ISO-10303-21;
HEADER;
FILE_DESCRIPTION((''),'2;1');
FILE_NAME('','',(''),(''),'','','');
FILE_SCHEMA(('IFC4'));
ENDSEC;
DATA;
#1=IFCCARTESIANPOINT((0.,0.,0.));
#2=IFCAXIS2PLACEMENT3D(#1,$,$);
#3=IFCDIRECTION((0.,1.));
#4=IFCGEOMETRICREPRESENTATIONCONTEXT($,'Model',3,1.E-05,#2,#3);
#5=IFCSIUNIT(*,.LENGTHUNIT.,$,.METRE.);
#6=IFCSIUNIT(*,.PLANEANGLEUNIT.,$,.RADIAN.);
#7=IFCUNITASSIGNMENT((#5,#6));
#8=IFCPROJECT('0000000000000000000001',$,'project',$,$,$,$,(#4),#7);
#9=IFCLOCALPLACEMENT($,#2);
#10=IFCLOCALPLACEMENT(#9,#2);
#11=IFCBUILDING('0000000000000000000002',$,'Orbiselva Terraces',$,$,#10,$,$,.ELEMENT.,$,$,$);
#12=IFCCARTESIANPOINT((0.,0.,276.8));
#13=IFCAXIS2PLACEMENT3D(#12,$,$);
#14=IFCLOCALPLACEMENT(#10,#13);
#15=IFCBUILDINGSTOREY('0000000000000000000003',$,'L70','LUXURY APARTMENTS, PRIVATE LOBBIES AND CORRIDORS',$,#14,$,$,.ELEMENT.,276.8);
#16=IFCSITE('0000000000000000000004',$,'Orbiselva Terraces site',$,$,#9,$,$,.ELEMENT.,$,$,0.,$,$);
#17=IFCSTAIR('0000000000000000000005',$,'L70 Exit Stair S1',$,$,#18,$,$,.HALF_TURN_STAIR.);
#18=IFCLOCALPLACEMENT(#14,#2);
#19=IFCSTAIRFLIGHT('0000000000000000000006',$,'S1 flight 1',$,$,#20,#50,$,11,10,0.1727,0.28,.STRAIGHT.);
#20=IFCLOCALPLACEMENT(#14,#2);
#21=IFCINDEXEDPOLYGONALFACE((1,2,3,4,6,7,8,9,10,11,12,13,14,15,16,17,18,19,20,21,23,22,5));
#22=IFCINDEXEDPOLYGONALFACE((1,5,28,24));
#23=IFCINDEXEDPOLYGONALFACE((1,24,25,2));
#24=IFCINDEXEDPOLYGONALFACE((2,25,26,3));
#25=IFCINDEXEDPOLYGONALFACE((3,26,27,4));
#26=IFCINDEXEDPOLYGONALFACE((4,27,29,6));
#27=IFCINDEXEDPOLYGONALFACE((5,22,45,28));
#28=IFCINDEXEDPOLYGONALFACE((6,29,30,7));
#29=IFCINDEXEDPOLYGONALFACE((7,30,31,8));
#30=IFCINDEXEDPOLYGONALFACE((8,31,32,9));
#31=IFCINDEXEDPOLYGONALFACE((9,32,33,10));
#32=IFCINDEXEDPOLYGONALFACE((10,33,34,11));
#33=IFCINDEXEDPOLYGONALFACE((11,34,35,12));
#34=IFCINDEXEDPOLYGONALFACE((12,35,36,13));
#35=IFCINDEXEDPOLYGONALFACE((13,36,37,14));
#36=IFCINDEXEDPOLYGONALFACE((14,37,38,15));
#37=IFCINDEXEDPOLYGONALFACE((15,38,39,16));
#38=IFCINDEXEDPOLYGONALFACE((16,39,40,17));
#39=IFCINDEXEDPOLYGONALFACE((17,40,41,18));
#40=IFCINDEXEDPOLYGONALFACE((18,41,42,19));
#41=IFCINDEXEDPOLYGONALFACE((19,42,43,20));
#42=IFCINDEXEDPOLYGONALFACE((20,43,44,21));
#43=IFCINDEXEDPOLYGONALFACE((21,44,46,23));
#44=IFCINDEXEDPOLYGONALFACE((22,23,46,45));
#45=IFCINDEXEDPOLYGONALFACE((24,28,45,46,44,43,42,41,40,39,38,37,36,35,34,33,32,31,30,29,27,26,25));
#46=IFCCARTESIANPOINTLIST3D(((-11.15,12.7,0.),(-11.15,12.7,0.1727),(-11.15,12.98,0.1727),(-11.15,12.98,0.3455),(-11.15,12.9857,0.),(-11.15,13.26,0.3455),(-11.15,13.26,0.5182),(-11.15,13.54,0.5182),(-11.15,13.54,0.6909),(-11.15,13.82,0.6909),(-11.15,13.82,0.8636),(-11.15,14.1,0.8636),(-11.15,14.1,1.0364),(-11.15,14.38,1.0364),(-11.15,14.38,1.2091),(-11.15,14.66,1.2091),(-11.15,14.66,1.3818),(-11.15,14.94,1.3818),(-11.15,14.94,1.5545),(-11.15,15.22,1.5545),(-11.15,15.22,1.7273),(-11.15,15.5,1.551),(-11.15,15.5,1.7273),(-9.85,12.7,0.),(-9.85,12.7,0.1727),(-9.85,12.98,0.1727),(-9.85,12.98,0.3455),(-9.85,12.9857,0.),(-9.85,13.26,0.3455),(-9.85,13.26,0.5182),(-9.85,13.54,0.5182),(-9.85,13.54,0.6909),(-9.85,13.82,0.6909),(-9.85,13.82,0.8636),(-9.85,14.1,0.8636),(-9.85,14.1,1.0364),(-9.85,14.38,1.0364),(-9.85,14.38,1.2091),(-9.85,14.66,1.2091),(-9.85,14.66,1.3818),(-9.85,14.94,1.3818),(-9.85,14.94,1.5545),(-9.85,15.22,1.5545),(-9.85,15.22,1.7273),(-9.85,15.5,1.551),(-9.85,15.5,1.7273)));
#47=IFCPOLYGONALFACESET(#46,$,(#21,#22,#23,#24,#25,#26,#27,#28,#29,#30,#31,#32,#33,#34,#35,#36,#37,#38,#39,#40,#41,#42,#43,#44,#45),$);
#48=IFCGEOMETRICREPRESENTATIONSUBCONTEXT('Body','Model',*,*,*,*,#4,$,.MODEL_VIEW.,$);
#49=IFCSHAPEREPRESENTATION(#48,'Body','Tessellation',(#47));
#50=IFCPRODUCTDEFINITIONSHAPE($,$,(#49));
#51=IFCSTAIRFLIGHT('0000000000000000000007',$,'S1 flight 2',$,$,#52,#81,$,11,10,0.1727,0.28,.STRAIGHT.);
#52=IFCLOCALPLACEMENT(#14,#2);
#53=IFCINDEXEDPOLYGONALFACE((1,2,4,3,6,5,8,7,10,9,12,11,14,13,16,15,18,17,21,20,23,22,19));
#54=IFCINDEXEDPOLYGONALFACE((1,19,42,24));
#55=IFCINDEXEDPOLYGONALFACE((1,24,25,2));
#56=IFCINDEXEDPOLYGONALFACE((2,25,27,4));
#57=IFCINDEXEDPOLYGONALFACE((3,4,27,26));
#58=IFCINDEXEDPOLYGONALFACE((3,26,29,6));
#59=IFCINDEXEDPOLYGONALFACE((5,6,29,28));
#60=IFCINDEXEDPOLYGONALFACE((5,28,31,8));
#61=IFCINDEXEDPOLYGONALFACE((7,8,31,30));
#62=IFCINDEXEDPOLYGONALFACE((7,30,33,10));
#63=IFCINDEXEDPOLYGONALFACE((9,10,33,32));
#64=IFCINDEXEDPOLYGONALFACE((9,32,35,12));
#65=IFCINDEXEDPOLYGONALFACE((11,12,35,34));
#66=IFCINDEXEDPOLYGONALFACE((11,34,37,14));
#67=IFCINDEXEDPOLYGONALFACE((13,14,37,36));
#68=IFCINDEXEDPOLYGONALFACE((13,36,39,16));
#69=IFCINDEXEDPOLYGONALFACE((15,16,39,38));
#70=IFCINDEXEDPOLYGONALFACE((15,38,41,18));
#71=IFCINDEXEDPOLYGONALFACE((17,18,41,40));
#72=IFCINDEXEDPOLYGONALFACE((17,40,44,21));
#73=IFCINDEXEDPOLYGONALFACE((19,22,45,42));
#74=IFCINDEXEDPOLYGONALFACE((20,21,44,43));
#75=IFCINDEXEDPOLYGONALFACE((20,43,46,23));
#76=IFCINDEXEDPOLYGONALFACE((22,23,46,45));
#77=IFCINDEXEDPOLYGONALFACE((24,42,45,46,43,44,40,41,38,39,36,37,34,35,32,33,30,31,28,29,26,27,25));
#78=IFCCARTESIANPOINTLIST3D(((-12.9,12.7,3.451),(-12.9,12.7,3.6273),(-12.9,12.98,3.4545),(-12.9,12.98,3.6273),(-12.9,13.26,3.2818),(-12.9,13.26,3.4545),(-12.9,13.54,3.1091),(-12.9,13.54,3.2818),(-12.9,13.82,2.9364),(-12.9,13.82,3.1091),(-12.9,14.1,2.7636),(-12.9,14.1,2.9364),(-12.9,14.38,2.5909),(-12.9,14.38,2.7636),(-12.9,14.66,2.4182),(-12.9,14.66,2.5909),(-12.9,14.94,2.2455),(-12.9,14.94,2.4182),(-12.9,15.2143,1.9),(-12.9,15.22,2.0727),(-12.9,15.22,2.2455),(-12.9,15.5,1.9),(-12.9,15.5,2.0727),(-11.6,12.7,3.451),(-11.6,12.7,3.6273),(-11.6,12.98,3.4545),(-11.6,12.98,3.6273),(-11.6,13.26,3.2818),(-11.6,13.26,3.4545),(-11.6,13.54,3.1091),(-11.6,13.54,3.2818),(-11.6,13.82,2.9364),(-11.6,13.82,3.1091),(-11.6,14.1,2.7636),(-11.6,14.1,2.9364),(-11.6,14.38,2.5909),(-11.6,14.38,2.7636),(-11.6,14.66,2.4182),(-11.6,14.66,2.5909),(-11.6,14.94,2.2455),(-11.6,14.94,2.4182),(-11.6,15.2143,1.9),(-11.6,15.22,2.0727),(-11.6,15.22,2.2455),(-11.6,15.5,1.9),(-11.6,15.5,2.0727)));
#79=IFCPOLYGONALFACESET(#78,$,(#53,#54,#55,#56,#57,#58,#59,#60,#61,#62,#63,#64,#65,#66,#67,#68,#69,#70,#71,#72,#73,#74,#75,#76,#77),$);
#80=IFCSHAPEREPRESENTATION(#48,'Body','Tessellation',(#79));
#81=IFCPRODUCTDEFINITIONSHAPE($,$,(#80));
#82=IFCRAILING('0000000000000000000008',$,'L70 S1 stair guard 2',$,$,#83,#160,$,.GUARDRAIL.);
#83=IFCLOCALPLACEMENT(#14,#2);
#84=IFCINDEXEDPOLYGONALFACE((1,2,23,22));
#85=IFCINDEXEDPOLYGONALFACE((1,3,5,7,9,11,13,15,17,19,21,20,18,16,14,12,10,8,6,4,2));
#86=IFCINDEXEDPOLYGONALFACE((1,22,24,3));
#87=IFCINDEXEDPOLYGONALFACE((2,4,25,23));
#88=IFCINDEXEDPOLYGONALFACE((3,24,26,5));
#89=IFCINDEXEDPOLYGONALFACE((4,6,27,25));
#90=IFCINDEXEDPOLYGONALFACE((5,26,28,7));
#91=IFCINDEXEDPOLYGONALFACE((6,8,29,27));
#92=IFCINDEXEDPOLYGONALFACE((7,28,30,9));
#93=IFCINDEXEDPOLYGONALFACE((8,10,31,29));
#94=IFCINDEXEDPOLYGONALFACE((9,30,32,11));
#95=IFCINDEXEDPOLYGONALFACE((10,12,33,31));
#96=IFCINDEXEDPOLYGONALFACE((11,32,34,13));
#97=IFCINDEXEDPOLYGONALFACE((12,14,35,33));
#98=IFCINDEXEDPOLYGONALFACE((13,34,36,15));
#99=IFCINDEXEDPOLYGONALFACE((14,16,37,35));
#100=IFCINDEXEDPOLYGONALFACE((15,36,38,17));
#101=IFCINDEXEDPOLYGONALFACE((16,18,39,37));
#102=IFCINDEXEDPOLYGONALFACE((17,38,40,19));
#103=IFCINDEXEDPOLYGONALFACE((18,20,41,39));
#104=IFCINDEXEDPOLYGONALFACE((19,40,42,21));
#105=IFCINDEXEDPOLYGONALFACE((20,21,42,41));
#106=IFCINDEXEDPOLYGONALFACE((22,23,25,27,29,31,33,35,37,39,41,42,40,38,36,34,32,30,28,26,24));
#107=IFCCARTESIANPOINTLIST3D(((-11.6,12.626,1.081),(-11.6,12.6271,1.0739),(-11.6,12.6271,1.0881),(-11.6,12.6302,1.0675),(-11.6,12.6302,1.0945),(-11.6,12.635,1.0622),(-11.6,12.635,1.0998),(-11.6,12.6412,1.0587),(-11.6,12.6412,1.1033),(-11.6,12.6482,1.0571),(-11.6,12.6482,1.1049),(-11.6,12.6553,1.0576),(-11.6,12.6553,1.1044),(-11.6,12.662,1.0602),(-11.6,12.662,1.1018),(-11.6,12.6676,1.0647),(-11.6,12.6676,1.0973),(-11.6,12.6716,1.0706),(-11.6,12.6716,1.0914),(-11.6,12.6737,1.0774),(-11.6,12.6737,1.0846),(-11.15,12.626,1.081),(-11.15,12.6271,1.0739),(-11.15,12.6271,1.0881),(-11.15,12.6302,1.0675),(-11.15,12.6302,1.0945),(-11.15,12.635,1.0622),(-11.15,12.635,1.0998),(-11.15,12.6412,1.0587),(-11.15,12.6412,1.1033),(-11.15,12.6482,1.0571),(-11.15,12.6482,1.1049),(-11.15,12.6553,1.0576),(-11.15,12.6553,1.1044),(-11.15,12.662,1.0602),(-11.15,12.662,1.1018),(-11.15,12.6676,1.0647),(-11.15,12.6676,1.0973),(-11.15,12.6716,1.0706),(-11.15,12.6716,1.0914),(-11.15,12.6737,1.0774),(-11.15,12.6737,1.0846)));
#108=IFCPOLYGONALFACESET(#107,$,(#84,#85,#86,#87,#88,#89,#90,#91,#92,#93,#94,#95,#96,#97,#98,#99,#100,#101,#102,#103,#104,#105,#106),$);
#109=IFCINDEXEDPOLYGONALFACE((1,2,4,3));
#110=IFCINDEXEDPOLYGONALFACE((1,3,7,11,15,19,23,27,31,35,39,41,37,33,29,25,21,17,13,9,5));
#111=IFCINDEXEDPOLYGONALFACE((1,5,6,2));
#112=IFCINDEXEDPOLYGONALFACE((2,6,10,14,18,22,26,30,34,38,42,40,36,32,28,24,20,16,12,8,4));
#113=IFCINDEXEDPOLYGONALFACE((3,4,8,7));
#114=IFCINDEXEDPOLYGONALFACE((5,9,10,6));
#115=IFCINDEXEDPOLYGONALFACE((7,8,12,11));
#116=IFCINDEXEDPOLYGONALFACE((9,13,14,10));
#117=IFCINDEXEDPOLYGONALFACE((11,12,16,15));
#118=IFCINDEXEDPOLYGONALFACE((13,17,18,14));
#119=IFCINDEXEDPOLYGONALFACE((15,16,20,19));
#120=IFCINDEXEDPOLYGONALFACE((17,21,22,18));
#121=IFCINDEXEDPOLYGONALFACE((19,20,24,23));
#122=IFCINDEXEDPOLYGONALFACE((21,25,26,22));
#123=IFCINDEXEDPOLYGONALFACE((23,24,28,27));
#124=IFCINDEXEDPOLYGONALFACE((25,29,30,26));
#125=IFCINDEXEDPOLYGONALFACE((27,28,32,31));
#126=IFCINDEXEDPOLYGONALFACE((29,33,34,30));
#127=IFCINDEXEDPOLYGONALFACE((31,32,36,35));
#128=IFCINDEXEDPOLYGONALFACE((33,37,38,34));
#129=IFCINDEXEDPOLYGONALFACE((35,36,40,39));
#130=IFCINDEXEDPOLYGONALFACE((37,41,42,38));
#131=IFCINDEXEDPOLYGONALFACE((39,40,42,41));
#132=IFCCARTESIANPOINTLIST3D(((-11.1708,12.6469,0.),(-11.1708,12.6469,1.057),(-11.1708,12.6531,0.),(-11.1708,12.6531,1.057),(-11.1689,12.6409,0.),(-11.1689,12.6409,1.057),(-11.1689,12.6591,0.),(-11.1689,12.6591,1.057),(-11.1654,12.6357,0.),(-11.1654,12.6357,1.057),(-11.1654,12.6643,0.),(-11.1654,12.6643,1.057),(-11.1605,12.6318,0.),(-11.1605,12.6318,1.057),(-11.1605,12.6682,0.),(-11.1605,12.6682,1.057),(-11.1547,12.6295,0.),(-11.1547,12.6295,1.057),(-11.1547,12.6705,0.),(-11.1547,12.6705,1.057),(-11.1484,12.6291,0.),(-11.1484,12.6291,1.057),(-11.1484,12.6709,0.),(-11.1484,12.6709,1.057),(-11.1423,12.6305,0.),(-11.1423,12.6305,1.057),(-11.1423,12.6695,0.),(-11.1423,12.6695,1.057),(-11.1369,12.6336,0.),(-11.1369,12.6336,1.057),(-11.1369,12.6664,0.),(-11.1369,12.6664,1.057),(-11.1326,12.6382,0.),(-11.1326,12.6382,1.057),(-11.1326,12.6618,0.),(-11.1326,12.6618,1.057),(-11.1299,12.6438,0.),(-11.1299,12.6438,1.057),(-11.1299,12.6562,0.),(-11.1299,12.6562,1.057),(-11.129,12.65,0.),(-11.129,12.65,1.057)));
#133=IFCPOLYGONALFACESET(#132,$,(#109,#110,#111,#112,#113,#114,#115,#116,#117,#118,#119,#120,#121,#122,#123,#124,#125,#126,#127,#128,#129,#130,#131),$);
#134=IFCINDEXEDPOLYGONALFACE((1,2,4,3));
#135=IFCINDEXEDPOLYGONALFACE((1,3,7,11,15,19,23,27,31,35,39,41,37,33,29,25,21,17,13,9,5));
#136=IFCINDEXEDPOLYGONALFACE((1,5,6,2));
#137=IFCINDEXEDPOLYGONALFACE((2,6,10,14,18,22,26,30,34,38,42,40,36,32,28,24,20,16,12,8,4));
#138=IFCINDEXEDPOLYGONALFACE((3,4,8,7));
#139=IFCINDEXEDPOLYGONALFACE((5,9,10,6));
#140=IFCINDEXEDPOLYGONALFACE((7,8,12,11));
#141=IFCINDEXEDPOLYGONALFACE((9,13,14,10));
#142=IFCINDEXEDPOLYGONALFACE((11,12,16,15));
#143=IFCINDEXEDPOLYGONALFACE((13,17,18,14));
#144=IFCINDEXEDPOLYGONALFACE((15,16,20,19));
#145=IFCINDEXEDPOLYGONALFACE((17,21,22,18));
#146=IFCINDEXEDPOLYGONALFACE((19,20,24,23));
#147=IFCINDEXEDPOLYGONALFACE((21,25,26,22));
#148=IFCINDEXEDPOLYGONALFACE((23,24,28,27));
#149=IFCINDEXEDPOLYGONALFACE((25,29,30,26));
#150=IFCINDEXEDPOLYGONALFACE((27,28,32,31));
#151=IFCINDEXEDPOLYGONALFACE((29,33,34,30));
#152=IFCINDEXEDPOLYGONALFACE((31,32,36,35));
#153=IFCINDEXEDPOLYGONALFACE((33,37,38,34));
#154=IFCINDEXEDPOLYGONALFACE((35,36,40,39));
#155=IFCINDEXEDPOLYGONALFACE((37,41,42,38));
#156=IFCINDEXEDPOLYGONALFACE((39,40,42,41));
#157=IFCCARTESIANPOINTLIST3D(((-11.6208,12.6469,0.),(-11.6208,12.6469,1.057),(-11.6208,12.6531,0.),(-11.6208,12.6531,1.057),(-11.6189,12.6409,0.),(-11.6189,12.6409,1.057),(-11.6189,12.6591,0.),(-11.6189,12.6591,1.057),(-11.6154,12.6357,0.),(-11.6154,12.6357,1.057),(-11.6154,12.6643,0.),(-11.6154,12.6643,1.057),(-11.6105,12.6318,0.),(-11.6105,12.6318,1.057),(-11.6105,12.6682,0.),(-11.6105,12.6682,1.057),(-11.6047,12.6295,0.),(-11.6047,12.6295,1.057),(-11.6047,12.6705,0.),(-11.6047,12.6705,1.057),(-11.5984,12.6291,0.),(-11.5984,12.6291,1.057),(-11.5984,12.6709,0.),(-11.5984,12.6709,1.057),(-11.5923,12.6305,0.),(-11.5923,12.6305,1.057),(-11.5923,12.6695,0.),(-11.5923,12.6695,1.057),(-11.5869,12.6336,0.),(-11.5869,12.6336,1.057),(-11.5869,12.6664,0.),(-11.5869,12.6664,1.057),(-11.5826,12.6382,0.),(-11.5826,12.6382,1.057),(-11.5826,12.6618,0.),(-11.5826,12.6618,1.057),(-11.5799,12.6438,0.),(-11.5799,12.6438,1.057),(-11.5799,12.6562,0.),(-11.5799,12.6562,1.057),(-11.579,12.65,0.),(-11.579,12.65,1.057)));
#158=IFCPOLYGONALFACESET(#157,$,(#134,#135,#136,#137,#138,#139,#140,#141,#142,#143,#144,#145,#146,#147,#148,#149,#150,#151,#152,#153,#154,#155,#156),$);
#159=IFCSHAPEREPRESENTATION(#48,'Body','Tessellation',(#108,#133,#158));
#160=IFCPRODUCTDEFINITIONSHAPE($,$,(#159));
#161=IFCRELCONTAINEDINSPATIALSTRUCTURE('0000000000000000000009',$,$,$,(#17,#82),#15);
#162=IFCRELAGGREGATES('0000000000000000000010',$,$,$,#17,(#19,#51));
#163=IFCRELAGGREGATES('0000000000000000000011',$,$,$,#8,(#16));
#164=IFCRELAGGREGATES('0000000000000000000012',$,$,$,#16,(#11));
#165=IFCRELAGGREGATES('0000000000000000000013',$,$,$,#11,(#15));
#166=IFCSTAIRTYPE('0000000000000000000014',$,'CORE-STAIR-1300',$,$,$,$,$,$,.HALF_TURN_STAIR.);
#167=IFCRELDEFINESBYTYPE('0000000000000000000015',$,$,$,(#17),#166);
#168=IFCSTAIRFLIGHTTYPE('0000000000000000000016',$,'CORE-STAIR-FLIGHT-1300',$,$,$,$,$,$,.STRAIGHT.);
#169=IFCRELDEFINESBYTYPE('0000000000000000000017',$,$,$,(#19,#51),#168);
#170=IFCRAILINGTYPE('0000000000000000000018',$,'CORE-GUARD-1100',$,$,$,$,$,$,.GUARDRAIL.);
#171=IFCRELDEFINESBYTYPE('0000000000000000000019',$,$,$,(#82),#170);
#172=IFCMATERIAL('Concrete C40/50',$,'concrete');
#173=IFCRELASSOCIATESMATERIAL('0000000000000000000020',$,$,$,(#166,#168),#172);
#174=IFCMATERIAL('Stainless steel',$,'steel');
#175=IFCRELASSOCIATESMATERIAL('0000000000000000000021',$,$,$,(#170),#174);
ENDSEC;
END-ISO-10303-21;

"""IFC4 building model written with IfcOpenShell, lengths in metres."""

from ifc_helpers import new_model, si_unit, direction, frame, origin, origin_2d, place, context, subcontext, project, spatial, polyline, circle, outline, extrude, material, type_object, element, aggregate, save


model = new_model("IFC4")

# Units and contexts
model_context = context("Model", 3, precision=1e-05, world=origin(), true_north=direction((0.0, 1.0)))
body_context = subcontext(model_context, "Body", "Model", "MODEL_VIEW")
ifc_project = project(units=[si_unit("LENGTHUNIT", "METRE"), si_unit("PLANEANGLEUNIT", "RADIAN")], contexts=[model_context])

# Site, building, storey
site_placement = place(None, origin())
site = spatial("IfcSite", under=ifc_project, at=site_placement, Name="Orbiselva Terraces site", CompositionType="ELEMENT", RefElevation=0.0)
building_placement = place(site_placement, origin())
building = spatial("IfcBuilding", under=site, at=building_placement, Name="Orbiselva Terraces", CompositionType="ELEMENT")
storey_placement = place(building_placement, frame((0.0, 0.0, 276.8)))
storey = spatial("IfcBuildingStorey", under=building, at=storey_placement, Name="L70", Description="LUXURY APARTMENTS, PRIVATE LOBBIES AND CORRIDORS", CompositionType="ELEMENT", Elevation=276.8)

# Shared definitions
ifc_material_1 = material(Name="Concrete C40/50", Category="concrete")

# Stair, stair flights
stair_type = type_object("IfcStairType", Name="CORE-STAIR-1300", PredefinedType="HALF_TURN_STAIR", material=ifc_material_1)
stair_placement = place(storey_placement, origin())
stair = element("IfcStair", 1, at=stair_placement, inside=storey, type_object=stair_type, Name="L70 Exit Stair S1", PredefinedType="HALF_TURN_STAIR")
stair_flight_type = type_object("IfcStairFlightType", Name="CORE-STAIR-FLIGHT-1300", PredefinedType="STRAIGHT", material=ifc_material_1)
stair_flight_1_placement = place(storey_placement, frame((-10.5, 12.7, 0.0), z_axis=(0.0, 0.0, 1.0), x_axis=(0.0, 1.0, 0.0)))
stair_flight_1 = element("IfcStairFlight", 2, at=stair_flight_1_placement, type_object=stair_flight_type, Name="S1 flight 1", NumberOfRisers=11, NumberOfTreads=10, PredefinedType="STRAIGHT", RiserHeight=0.1727, TreadLength=0.28, context=body_context, shape_type="SweptSolid", body=[
    extrude(outline(polyline([(0.0, 0.0), (0.0, 0.1727), (0.28, 0.1727), (0.28, 0.3455), (0.56, 0.3455), (0.56, 0.5182), (0.84, 0.5182), (0.84, 0.6909), (1.12, 0.6909), (1.12, 0.8636), (1.4, 0.8636), (1.4, 1.0364), (1.68, 1.0364), (1.68, 1.2091), (1.96, 1.2091), (1.96, 1.3818), (2.24, 1.3818), (2.24, 1.5545), (2.52, 1.5545), (2.52, 1.7273), (2.8, 1.7273), (2.8, 1.9), (2.8, 1.551), (0.2857, 0.0), (0.0, 0.0)])), frame((0.0, 0.65, 0.0), z_axis=(0.0, -1.0, 0.0), x_axis=(1.0, 0.0, 0.0)), (0.0, 0.0, 1.0), 1.3),
])
stair_flight_2_placement = place(storey_placement, frame((-12.25, 15.5, 1.9), z_axis=(0.0, 0.0, 1.0), x_axis=(0.0, -1.0, 0.0)))
stair_flight_2 = element("IfcStairFlight", 3, at=stair_flight_2_placement, type_object=stair_flight_type, Name="S1 flight 2", NumberOfRisers=11, NumberOfTreads=10, PredefinedType="STRAIGHT", RiserHeight=0.1727, TreadLength=0.28, context=body_context, shape_type="SweptSolid", body=[
    extrude(outline(polyline([(0.0, 0.0), (0.0, 0.1727), (0.28, 0.1727), (0.28, 0.3455), (0.56, 0.3455), (0.56, 0.5182), (0.84, 0.5182), (0.84, 0.6909), (1.12, 0.6909), (1.12, 0.8636), (1.4, 0.8636), (1.4, 1.0364), (1.68, 1.0364), (1.68, 1.2091), (1.96, 1.2091), (1.96, 1.3818), (2.24, 1.3818), (2.24, 1.5545), (2.52, 1.5545), (2.52, 1.7273), (2.8, 1.7273), (2.8, 1.9), (2.8, 1.551), (0.2857, 0.0), (0.0, 0.0)])), frame((0.0, 0.65, 0.0), z_axis=(0.0, -1.0, 0.0), x_axis=(1.0, 0.0, 0.0)), (0.0, 0.0, 1.0), 1.3),
])
aggregate(stair, [stair_flight_1, stair_flight_2])

# Railing
ifc_material_2 = material(Name="Stainless steel", Category="steel")
railing_type_1 = type_object("IfcRailingType", Name="CORE-GUARD-1100", PredefinedType="GUARDRAIL", material=ifc_material_2)
railing_1_placement = place(storey_placement, frame((-11.15, 12.65, 0.0)))
element("IfcRailing", 4, at=railing_1_placement, inside=storey, type_object=railing_type_1, Name="L70 S1 stair guard 2", PredefinedType="GUARDRAIL", context=body_context, shape_type="SweptSolid", body=[
    extrude(circle(Radius=0.024, at=origin_2d()), frame((0.0, 0.0, 1.081), z_axis=(-1.0, 0.0, 0.0), x_axis=(0.0, -1.0, 0.0)), (0.0, 0.0, 1.0), 0.45),
    extrude(circle(Radius=0.021, at=origin_2d()), origin(), (0.0, 0.0, 1.0), 1.057),
    extrude(circle(Radius=0.021, at=origin_2d()), frame((-0.45, 0.0, 0.0)), (0.0, 0.0, 1.0), 1.057),
])

save(model, "model.ifc")
